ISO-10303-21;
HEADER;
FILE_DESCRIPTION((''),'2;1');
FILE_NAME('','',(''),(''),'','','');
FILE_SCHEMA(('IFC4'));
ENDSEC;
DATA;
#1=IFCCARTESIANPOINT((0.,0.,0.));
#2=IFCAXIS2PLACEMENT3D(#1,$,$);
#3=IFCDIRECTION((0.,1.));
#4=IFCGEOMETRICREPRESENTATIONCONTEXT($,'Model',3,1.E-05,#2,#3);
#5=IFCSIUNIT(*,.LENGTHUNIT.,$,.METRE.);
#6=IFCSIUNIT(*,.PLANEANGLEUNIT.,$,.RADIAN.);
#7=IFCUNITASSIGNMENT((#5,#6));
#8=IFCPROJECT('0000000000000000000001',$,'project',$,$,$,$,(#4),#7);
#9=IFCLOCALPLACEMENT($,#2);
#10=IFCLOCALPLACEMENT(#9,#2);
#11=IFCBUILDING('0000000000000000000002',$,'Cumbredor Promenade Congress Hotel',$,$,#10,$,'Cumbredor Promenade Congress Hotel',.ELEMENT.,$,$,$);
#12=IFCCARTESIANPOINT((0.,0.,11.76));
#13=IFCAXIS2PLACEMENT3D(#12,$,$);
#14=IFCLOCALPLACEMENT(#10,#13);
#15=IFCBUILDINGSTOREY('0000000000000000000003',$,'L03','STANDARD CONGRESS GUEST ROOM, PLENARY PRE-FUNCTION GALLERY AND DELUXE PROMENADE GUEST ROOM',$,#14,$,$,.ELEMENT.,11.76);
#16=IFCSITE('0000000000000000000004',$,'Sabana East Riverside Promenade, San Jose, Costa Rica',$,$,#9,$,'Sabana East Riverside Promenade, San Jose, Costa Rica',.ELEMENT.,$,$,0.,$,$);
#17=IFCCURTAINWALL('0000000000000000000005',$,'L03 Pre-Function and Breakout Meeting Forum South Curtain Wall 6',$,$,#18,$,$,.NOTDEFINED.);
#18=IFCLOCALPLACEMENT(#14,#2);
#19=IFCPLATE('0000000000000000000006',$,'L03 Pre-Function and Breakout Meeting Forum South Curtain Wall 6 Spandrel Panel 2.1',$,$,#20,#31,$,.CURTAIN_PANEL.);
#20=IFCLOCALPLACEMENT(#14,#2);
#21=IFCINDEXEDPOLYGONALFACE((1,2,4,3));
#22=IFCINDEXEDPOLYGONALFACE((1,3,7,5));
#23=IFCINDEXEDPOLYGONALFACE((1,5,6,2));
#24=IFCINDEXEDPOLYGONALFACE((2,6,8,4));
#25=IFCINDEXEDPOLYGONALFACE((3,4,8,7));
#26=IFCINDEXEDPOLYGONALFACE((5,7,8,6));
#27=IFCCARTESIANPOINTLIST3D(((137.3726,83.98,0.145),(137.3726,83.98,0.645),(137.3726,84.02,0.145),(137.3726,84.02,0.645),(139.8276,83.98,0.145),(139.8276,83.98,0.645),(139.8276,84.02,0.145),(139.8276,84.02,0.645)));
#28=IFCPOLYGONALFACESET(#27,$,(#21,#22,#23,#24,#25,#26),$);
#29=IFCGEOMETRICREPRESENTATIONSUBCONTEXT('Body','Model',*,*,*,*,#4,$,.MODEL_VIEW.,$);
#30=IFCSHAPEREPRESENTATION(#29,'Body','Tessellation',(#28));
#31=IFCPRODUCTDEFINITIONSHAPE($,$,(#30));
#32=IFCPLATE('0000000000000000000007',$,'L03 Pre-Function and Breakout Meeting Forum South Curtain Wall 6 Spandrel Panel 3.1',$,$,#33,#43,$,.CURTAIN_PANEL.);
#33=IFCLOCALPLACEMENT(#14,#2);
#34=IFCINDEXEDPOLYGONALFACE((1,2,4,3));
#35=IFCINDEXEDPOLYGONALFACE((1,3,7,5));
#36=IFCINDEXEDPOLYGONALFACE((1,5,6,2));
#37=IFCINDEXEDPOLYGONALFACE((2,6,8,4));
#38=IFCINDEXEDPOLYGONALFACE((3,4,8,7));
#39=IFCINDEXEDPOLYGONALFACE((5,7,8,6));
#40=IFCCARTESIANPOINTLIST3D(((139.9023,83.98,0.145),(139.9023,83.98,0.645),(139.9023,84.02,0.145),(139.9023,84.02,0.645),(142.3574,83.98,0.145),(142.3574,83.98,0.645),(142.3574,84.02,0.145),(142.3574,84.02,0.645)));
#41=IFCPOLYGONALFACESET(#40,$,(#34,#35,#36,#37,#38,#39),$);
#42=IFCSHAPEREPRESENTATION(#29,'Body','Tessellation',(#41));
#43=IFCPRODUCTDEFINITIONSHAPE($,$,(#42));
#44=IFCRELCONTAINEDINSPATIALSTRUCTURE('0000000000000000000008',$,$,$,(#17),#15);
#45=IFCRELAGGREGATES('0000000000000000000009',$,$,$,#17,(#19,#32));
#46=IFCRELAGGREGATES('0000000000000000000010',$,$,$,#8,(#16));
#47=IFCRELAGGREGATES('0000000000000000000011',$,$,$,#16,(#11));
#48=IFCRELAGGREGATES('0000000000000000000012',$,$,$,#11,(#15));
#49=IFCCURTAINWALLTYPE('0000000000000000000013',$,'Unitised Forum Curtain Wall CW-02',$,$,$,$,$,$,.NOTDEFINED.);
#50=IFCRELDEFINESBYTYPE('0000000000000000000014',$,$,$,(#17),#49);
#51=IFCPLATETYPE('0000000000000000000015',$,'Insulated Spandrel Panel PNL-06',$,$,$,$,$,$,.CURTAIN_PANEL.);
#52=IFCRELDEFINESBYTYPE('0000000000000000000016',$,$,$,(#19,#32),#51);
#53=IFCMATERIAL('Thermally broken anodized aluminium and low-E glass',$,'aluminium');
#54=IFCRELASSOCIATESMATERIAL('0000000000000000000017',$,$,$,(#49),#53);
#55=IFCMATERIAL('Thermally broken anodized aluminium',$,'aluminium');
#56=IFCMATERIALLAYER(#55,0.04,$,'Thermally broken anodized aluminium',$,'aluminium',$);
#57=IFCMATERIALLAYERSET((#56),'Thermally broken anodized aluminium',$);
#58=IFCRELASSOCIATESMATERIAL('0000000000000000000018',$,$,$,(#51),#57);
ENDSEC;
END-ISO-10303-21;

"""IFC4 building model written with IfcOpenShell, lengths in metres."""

from ifc_helpers import new_model, si_unit, direction, frame, origin, origin_2d, place, context, subcontext, project, spatial, rectangle, extrude, material, layer, layer_set, type_object, element, aggregate, save


model = new_model("IFC4")

# Units and contexts
model_context = context("Model", 3, precision=1e-05, world=origin(), true_north=direction((0.0, 1.0)))
body_context = subcontext(model_context, "Body", "Model", "MODEL_VIEW")
ifc_project = project(units=[si_unit("LENGTHUNIT", "METRE"), si_unit("PLANEANGLEUNIT", "RADIAN")], contexts=[model_context])

# Site, building, storey
site_placement = place(None, origin())
site = spatial("IfcSite", under=ifc_project, at=site_placement, Name="Sabana East Riverside Promenade, San Jose, Costa Rica", LongName="Sabana East Riverside Promenade, San Jose, Costa Rica", CompositionType="ELEMENT", RefElevation=0.0)
building_placement = place(site_placement, origin())
building = spatial("IfcBuilding", under=site, at=building_placement, Name="Cumbredor Promenade Congress Hotel", LongName="Cumbredor Promenade Congress Hotel", CompositionType="ELEMENT")
storey_placement = place(building_placement, frame((0.0, 0.0, 11.76)))
storey = spatial("IfcBuildingStorey", under=building, at=storey_placement, Name="L03", Description="STANDARD CONGRESS GUEST ROOM, PLENARY PRE-FUNCTION GALLERY AND DELUXE PROMENADE GUEST ROOM", CompositionType="ELEMENT", Elevation=11.76)

# Curtain wall
ifc_material_1 = material(Name="Thermally broken anodized aluminium and low-E glass", Category="aluminium")
curtain_wall_type = type_object("IfcCurtainWallType", Name="Unitised Forum Curtain Wall CW-02", PredefinedType="NOTDEFINED", material=ifc_material_1)
ifc_material_2 = material(Name="Thermally broken anodized aluminium", Category="aluminium")
curtain_wall_1_placement = place(storey_placement, origin())
curtain_wall_1 = element("IfcCurtainWall", 1, at=curtain_wall_1_placement, inside=storey, type_object=curtain_wall_type, Name="L03 Pre-Function and Breakout Meeting Forum South Curtain Wall 6", PredefinedType="NOTDEFINED")

# Plates
ifc_layer_1 = layer(ifc_material_2, 0.04, Name="Thermally broken anodized aluminium", Category="aluminium")
ifc_layer_set_1 = layer_set([ifc_layer_1], Name="Thermally broken anodized aluminium")
plate_type_1 = type_object("IfcPlateType", Name="Insulated Spandrel Panel PNL-06", PredefinedType="CURTAIN_PANEL", material=ifc_layer_set_1)
plate_1_placement = place(storey_placement, frame((138.6001, 84.0, 0.145), z_axis=(0.0, 0.0, 1.0), x_axis=(1.0, 0.0, 0.0)))
plate_1 = element("IfcPlate", 2, at=plate_1_placement, type_object=plate_type_1, Name="L03 Pre-Function and Breakout Meeting Forum South Curtain Wall 6 Spandrel Panel 2.1", PredefinedType="CURTAIN_PANEL", context=body_context, shape_type="SweptSolid", body=[
    extrude(rectangle(XDim=2.4551, YDim=0.04, at=origin_2d()), origin(), (0.0, 0.0, 1.0), 0.5),
])
plate_2_placement = place(storey_placement, frame((141.1299, 84.0, 0.145), z_axis=(0.0, 0.0, 1.0), x_axis=(1.0, 0.0, 0.0)))
plate_2 = element("IfcPlate", 3, at=plate_2_placement, type_object=plate_type_1, Name="L03 Pre-Function and Breakout Meeting Forum South Curtain Wall 6 Spandrel Panel 3.1", PredefinedType="CURTAIN_PANEL", context=body_context, shape_type="SweptSolid", body=[
    extrude(rectangle(XDim=2.4551, YDim=0.04, at=origin_2d()), origin(), (0.0, 0.0, 1.0), 0.5),
])
aggregate(curtain_wall_1, [plate_1, plate_2])

save(model, "model.ifc")
